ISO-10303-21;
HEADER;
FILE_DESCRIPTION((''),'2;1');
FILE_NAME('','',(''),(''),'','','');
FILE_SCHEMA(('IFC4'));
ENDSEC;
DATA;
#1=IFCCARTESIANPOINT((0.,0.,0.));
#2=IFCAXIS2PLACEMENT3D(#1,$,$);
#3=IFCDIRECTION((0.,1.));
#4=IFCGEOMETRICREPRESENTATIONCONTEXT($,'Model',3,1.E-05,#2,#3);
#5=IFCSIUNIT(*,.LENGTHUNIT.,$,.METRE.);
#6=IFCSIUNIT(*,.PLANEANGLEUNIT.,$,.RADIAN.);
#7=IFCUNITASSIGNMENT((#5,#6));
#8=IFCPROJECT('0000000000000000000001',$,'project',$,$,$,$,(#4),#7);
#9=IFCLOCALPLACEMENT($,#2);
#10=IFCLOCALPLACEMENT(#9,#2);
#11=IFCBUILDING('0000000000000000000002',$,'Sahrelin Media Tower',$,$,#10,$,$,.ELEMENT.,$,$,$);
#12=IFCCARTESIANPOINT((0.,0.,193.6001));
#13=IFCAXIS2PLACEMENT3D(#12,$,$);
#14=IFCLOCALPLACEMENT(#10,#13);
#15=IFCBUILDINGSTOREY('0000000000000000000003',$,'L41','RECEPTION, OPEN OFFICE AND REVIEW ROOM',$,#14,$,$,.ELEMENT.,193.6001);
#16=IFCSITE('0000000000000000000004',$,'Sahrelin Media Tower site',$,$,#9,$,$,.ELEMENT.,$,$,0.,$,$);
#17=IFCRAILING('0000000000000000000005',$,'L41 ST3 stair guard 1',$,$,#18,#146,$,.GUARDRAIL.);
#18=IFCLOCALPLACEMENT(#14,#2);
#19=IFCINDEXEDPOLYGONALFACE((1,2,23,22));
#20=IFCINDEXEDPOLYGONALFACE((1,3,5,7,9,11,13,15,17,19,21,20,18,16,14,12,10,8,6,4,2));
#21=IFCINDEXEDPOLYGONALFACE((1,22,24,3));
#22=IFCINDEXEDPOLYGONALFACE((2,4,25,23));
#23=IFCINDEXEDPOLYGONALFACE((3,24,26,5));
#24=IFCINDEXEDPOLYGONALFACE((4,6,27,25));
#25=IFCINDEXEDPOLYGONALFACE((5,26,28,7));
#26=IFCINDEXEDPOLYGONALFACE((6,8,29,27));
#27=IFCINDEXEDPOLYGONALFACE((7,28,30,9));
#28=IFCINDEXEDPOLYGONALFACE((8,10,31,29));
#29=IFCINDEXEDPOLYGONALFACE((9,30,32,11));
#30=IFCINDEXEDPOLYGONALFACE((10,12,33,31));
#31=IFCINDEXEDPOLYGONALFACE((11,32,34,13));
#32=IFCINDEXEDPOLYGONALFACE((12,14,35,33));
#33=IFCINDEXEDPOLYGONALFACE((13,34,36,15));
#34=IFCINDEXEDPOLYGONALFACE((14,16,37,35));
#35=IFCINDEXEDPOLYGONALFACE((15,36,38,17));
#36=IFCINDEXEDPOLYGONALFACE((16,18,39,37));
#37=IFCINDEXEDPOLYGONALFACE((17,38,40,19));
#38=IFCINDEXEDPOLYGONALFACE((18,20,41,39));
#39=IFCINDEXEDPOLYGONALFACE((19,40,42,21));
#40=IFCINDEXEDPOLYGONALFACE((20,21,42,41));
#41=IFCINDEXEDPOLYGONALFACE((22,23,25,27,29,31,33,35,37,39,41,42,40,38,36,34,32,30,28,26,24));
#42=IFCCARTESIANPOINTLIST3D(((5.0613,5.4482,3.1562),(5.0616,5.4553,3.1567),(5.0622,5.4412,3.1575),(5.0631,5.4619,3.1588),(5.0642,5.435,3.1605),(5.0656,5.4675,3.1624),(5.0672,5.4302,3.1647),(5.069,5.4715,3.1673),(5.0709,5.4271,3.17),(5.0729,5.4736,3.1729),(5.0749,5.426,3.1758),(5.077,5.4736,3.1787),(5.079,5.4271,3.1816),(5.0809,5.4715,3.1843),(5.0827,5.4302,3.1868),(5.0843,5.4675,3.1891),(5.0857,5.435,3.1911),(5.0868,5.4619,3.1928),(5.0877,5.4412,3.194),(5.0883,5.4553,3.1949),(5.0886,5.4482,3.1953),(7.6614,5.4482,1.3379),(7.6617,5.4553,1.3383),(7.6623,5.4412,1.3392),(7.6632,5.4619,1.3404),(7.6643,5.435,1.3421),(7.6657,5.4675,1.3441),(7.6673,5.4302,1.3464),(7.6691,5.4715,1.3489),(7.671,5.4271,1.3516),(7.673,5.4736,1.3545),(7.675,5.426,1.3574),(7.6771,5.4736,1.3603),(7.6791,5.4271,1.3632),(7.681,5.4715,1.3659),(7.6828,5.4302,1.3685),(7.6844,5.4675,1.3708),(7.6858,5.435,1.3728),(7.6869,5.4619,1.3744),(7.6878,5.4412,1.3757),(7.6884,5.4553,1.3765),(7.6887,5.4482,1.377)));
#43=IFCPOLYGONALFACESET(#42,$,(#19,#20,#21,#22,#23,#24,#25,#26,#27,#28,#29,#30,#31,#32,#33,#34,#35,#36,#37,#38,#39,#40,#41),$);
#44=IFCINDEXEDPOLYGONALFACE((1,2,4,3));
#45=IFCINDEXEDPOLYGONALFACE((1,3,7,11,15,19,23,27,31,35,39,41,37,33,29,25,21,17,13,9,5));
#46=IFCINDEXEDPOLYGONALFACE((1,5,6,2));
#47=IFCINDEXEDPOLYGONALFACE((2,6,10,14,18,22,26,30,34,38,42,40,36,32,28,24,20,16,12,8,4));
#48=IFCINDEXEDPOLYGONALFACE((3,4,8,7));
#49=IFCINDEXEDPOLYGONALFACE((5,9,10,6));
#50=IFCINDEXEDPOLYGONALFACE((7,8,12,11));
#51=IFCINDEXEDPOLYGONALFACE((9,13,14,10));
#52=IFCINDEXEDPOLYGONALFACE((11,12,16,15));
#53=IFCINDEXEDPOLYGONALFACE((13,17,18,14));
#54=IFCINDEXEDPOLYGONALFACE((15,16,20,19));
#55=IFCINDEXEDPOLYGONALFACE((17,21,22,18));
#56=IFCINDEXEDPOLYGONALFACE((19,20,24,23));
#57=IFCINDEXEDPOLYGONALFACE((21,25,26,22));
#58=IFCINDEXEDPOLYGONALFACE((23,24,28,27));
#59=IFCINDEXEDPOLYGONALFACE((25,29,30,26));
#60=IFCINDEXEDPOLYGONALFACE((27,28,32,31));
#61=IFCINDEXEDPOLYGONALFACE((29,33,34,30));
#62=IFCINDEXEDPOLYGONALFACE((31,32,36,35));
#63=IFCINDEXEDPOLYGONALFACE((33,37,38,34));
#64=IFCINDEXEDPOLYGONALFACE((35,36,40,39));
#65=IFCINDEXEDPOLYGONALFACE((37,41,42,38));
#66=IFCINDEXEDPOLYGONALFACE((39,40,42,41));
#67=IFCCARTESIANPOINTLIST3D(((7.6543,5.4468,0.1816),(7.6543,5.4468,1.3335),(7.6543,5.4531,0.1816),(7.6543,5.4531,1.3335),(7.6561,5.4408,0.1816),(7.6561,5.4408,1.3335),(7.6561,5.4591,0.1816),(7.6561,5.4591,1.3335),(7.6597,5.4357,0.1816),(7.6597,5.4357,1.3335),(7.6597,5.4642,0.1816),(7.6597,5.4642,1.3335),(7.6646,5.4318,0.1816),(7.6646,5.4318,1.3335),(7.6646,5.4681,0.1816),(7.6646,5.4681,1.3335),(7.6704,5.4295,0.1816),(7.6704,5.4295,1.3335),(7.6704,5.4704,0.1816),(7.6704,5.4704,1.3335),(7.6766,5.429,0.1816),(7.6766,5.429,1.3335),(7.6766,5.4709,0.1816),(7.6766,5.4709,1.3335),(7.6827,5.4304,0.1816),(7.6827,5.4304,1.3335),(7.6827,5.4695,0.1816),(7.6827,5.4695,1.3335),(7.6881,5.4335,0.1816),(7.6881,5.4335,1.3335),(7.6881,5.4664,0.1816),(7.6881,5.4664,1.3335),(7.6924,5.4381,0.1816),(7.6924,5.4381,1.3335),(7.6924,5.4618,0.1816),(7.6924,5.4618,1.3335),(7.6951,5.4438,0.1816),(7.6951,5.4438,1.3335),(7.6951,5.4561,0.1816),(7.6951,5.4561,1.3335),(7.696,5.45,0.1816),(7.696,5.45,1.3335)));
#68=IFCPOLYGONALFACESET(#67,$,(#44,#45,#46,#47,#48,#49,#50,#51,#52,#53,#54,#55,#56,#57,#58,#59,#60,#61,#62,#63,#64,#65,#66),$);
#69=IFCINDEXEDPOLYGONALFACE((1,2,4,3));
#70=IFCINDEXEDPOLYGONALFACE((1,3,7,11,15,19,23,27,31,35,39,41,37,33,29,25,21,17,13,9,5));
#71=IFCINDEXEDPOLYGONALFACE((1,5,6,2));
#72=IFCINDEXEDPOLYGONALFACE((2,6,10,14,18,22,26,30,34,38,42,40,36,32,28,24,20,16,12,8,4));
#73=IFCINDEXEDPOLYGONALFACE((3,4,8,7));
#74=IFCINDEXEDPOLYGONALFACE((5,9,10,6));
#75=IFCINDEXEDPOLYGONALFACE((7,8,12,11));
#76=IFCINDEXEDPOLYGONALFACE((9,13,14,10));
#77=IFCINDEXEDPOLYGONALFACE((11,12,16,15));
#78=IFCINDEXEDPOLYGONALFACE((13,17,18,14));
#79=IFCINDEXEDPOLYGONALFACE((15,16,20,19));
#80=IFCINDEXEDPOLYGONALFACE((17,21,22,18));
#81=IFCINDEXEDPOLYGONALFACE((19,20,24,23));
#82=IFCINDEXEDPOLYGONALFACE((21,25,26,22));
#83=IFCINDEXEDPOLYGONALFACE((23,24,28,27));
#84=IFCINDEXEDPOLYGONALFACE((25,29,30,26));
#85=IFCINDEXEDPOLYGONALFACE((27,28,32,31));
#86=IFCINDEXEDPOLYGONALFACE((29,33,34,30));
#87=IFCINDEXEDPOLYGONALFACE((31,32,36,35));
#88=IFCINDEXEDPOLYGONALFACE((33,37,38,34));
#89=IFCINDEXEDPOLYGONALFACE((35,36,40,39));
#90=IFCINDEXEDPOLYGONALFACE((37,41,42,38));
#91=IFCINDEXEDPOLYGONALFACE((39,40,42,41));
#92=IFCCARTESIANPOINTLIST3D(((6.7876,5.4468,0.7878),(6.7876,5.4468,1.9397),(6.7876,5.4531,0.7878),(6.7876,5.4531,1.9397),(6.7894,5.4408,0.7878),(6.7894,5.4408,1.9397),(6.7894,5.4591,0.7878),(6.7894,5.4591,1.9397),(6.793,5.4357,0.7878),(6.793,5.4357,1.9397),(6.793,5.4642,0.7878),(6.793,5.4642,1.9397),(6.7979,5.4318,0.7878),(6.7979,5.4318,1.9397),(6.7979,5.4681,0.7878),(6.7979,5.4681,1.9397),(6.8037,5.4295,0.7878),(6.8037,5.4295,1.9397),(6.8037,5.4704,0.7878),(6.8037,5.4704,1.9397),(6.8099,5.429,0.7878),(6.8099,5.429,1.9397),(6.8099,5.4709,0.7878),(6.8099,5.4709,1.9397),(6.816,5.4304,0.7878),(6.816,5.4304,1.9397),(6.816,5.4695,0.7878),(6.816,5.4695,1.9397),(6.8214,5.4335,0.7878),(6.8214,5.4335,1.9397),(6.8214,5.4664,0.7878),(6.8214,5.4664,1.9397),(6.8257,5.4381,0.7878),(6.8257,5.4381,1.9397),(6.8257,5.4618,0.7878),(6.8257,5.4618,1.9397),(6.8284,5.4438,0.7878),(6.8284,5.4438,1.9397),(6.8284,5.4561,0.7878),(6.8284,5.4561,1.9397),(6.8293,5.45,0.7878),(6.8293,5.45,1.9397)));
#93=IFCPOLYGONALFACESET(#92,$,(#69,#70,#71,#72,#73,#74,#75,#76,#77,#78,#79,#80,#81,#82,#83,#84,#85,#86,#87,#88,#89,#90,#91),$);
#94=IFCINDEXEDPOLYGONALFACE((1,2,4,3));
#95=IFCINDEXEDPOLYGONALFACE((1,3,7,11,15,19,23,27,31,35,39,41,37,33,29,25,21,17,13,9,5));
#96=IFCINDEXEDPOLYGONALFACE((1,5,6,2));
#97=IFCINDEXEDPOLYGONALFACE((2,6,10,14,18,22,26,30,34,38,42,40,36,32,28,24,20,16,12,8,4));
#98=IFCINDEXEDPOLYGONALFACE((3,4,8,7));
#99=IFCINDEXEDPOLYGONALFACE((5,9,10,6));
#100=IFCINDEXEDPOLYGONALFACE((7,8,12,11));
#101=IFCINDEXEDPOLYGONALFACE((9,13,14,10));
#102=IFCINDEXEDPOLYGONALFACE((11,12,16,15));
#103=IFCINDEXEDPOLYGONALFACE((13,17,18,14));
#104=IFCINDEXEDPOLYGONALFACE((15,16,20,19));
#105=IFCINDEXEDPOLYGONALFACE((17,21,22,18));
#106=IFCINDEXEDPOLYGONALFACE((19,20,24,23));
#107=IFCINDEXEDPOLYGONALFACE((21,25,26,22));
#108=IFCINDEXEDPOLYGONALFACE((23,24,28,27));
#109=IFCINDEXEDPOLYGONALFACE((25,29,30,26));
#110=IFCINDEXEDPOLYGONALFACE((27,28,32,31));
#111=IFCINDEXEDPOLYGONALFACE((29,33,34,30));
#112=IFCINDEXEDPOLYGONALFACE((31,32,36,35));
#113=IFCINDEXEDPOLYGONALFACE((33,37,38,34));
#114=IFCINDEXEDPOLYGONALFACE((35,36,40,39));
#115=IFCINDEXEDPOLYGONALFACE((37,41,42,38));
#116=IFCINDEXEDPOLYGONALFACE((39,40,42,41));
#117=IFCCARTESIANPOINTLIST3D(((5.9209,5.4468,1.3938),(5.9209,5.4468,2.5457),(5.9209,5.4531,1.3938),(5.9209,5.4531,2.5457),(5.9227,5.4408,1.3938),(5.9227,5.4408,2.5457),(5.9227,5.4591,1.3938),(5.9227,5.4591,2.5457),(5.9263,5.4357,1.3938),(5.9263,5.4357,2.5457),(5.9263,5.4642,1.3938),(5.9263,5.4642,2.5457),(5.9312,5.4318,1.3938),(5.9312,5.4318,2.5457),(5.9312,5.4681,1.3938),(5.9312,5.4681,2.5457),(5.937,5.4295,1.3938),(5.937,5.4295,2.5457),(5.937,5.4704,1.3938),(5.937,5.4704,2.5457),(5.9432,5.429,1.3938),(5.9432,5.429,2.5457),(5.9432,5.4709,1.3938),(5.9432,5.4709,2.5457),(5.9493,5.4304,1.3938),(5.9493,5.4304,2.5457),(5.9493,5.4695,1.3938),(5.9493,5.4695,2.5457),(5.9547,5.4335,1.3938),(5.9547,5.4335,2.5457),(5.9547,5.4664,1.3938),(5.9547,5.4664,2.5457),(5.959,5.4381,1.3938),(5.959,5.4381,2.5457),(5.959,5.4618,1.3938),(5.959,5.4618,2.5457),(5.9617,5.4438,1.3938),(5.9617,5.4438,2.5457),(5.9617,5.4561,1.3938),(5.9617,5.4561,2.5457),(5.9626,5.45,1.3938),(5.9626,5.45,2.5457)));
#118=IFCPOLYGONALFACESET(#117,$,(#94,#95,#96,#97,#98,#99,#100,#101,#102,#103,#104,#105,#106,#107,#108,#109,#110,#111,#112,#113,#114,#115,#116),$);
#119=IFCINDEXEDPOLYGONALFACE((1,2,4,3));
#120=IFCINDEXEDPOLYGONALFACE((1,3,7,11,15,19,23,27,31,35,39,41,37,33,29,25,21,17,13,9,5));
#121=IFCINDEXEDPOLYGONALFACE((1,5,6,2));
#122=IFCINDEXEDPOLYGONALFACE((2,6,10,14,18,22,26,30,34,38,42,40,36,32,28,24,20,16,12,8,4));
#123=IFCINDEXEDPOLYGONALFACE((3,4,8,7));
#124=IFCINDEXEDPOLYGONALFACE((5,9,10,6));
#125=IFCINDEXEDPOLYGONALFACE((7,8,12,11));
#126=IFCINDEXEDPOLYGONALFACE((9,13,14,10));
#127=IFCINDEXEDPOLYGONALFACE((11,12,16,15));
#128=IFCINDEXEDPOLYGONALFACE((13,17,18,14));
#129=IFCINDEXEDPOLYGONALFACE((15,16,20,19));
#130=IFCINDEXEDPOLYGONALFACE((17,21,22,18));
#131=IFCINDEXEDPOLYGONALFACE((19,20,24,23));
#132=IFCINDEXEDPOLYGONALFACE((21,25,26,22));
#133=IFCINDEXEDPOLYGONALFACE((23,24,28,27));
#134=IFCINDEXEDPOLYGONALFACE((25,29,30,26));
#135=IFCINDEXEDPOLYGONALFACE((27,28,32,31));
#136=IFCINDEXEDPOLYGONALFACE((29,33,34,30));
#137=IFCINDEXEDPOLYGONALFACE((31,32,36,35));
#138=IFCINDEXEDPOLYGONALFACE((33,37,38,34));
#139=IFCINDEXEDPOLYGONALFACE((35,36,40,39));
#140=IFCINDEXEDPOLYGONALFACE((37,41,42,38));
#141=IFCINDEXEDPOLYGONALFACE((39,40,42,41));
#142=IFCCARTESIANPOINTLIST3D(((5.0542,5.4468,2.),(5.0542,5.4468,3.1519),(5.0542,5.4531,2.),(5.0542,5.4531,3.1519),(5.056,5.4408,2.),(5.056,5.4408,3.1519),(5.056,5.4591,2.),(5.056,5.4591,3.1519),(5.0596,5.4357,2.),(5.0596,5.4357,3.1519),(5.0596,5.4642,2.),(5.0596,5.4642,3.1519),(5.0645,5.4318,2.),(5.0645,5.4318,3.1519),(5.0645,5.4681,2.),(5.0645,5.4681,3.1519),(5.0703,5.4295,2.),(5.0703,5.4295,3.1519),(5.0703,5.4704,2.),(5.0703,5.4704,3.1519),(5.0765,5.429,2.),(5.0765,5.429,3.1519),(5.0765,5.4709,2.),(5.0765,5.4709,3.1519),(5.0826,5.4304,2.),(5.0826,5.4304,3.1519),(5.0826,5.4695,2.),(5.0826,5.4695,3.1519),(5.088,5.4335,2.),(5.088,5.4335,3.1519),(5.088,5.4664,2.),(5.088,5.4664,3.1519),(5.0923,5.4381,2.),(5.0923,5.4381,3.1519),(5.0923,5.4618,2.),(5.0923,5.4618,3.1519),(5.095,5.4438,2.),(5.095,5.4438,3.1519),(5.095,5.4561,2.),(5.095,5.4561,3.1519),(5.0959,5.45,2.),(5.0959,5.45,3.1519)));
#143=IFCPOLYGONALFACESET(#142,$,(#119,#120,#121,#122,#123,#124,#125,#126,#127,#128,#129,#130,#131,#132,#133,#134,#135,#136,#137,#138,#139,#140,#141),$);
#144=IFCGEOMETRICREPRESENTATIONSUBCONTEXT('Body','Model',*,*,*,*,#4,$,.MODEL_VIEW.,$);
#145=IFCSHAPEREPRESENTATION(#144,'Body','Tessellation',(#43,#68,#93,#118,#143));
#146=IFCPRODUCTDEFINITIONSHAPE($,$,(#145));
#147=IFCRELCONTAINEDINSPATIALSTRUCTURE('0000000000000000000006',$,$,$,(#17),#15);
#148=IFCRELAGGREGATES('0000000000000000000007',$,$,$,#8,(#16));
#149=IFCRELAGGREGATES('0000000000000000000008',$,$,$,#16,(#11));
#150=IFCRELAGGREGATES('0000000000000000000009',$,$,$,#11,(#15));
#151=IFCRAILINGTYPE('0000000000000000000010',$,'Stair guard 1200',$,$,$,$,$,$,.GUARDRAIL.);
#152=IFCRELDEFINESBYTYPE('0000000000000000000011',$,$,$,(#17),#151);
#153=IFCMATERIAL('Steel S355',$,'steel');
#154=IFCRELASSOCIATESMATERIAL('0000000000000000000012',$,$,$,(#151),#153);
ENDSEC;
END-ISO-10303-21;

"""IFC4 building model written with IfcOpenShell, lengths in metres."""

from ifc_helpers import new_model, si_unit, direction, frame, origin, origin_2d, place, context, subcontext, project, spatial, circle, extrude, material, type_object, element, save


model = new_model("IFC4")

# Units and contexts
model_context = context("Model", 3, precision=1e-05, world=origin(), true_north=direction((0.0, 1.0)))
body_context = subcontext(model_context, "Body", "Model", "MODEL_VIEW")
ifc_project = project(units=[si_unit("LENGTHUNIT", "METRE"), si_unit("PLANEANGLEUNIT", "RADIAN")], contexts=[model_context])

# Site, building, storey
site_placement = place(None, origin())
site = spatial("IfcSite", under=ifc_project, at=site_placement, Name="Sahrelin Media Tower site", CompositionType="ELEMENT", RefElevation=0.0)
building_placement = place(site_placement, origin())
building = spatial("IfcBuilding", under=site, at=building_placement, Name="Sahrelin Media Tower", CompositionType="ELEMENT")
storey_placement = place(building_placement, frame((0.0, 0.0, 193.6001)))
storey = spatial("IfcBuildingStorey", under=building, at=storey_placement, Name="L41", Description="RECEPTION, OPEN OFFICE AND REVIEW ROOM", CompositionType="ELEMENT", Elevation=193.6001)

# Shared definitions
ifc_material_1 = material(Name="Steel S355", Category="steel")

# Railing
railing_type_1 = type_object("IfcRailingType", Name="Stair guard 1200", PredefinedType="GUARDRAIL", material=ifc_material_1)
railing_1_placement = place(storey_placement, frame((7.675, 5.45, 0.1816)))
element("IfcRailing", 1, at=railing_1_placement, inside=storey, type_object=railing_type_1, Name="L41 ST3 stair guard 1", PredefinedType="GUARDRAIL", context=body_context, shape_type="SweptSolid", body=[
    extrude(circle(Radius=0.0239, at=origin_2d()), frame((0.0, 0.0, 1.1758), z_axis=(-0.819485, 0.0, 0.573101), x_axis=(0.0, -1.0, 0.0)), (0.0, 0.0, 1.0), 3.1729),
    extrude(circle(Radius=0.021, at=origin_2d()), origin(), (0.0, 0.0, 1.0), 1.1519),
    extrude(circle(Radius=0.021, at=origin_2d()), frame((-0.8667, 0.0, 0.6062)), (0.0, 0.0, 1.0), 1.1519),
    extrude(circle(Radius=0.021, at=origin_2d()), frame((-1.7334, 0.0, 1.2122)), (0.0, 0.0, 1.0), 1.1519),
    extrude(circle(Radius=0.021, at=origin_2d()), frame((-2.6001, 0.0, 1.8184)), (0.0, 0.0, 1.0), 1.1519),
])

save(model, "model.ifc")
